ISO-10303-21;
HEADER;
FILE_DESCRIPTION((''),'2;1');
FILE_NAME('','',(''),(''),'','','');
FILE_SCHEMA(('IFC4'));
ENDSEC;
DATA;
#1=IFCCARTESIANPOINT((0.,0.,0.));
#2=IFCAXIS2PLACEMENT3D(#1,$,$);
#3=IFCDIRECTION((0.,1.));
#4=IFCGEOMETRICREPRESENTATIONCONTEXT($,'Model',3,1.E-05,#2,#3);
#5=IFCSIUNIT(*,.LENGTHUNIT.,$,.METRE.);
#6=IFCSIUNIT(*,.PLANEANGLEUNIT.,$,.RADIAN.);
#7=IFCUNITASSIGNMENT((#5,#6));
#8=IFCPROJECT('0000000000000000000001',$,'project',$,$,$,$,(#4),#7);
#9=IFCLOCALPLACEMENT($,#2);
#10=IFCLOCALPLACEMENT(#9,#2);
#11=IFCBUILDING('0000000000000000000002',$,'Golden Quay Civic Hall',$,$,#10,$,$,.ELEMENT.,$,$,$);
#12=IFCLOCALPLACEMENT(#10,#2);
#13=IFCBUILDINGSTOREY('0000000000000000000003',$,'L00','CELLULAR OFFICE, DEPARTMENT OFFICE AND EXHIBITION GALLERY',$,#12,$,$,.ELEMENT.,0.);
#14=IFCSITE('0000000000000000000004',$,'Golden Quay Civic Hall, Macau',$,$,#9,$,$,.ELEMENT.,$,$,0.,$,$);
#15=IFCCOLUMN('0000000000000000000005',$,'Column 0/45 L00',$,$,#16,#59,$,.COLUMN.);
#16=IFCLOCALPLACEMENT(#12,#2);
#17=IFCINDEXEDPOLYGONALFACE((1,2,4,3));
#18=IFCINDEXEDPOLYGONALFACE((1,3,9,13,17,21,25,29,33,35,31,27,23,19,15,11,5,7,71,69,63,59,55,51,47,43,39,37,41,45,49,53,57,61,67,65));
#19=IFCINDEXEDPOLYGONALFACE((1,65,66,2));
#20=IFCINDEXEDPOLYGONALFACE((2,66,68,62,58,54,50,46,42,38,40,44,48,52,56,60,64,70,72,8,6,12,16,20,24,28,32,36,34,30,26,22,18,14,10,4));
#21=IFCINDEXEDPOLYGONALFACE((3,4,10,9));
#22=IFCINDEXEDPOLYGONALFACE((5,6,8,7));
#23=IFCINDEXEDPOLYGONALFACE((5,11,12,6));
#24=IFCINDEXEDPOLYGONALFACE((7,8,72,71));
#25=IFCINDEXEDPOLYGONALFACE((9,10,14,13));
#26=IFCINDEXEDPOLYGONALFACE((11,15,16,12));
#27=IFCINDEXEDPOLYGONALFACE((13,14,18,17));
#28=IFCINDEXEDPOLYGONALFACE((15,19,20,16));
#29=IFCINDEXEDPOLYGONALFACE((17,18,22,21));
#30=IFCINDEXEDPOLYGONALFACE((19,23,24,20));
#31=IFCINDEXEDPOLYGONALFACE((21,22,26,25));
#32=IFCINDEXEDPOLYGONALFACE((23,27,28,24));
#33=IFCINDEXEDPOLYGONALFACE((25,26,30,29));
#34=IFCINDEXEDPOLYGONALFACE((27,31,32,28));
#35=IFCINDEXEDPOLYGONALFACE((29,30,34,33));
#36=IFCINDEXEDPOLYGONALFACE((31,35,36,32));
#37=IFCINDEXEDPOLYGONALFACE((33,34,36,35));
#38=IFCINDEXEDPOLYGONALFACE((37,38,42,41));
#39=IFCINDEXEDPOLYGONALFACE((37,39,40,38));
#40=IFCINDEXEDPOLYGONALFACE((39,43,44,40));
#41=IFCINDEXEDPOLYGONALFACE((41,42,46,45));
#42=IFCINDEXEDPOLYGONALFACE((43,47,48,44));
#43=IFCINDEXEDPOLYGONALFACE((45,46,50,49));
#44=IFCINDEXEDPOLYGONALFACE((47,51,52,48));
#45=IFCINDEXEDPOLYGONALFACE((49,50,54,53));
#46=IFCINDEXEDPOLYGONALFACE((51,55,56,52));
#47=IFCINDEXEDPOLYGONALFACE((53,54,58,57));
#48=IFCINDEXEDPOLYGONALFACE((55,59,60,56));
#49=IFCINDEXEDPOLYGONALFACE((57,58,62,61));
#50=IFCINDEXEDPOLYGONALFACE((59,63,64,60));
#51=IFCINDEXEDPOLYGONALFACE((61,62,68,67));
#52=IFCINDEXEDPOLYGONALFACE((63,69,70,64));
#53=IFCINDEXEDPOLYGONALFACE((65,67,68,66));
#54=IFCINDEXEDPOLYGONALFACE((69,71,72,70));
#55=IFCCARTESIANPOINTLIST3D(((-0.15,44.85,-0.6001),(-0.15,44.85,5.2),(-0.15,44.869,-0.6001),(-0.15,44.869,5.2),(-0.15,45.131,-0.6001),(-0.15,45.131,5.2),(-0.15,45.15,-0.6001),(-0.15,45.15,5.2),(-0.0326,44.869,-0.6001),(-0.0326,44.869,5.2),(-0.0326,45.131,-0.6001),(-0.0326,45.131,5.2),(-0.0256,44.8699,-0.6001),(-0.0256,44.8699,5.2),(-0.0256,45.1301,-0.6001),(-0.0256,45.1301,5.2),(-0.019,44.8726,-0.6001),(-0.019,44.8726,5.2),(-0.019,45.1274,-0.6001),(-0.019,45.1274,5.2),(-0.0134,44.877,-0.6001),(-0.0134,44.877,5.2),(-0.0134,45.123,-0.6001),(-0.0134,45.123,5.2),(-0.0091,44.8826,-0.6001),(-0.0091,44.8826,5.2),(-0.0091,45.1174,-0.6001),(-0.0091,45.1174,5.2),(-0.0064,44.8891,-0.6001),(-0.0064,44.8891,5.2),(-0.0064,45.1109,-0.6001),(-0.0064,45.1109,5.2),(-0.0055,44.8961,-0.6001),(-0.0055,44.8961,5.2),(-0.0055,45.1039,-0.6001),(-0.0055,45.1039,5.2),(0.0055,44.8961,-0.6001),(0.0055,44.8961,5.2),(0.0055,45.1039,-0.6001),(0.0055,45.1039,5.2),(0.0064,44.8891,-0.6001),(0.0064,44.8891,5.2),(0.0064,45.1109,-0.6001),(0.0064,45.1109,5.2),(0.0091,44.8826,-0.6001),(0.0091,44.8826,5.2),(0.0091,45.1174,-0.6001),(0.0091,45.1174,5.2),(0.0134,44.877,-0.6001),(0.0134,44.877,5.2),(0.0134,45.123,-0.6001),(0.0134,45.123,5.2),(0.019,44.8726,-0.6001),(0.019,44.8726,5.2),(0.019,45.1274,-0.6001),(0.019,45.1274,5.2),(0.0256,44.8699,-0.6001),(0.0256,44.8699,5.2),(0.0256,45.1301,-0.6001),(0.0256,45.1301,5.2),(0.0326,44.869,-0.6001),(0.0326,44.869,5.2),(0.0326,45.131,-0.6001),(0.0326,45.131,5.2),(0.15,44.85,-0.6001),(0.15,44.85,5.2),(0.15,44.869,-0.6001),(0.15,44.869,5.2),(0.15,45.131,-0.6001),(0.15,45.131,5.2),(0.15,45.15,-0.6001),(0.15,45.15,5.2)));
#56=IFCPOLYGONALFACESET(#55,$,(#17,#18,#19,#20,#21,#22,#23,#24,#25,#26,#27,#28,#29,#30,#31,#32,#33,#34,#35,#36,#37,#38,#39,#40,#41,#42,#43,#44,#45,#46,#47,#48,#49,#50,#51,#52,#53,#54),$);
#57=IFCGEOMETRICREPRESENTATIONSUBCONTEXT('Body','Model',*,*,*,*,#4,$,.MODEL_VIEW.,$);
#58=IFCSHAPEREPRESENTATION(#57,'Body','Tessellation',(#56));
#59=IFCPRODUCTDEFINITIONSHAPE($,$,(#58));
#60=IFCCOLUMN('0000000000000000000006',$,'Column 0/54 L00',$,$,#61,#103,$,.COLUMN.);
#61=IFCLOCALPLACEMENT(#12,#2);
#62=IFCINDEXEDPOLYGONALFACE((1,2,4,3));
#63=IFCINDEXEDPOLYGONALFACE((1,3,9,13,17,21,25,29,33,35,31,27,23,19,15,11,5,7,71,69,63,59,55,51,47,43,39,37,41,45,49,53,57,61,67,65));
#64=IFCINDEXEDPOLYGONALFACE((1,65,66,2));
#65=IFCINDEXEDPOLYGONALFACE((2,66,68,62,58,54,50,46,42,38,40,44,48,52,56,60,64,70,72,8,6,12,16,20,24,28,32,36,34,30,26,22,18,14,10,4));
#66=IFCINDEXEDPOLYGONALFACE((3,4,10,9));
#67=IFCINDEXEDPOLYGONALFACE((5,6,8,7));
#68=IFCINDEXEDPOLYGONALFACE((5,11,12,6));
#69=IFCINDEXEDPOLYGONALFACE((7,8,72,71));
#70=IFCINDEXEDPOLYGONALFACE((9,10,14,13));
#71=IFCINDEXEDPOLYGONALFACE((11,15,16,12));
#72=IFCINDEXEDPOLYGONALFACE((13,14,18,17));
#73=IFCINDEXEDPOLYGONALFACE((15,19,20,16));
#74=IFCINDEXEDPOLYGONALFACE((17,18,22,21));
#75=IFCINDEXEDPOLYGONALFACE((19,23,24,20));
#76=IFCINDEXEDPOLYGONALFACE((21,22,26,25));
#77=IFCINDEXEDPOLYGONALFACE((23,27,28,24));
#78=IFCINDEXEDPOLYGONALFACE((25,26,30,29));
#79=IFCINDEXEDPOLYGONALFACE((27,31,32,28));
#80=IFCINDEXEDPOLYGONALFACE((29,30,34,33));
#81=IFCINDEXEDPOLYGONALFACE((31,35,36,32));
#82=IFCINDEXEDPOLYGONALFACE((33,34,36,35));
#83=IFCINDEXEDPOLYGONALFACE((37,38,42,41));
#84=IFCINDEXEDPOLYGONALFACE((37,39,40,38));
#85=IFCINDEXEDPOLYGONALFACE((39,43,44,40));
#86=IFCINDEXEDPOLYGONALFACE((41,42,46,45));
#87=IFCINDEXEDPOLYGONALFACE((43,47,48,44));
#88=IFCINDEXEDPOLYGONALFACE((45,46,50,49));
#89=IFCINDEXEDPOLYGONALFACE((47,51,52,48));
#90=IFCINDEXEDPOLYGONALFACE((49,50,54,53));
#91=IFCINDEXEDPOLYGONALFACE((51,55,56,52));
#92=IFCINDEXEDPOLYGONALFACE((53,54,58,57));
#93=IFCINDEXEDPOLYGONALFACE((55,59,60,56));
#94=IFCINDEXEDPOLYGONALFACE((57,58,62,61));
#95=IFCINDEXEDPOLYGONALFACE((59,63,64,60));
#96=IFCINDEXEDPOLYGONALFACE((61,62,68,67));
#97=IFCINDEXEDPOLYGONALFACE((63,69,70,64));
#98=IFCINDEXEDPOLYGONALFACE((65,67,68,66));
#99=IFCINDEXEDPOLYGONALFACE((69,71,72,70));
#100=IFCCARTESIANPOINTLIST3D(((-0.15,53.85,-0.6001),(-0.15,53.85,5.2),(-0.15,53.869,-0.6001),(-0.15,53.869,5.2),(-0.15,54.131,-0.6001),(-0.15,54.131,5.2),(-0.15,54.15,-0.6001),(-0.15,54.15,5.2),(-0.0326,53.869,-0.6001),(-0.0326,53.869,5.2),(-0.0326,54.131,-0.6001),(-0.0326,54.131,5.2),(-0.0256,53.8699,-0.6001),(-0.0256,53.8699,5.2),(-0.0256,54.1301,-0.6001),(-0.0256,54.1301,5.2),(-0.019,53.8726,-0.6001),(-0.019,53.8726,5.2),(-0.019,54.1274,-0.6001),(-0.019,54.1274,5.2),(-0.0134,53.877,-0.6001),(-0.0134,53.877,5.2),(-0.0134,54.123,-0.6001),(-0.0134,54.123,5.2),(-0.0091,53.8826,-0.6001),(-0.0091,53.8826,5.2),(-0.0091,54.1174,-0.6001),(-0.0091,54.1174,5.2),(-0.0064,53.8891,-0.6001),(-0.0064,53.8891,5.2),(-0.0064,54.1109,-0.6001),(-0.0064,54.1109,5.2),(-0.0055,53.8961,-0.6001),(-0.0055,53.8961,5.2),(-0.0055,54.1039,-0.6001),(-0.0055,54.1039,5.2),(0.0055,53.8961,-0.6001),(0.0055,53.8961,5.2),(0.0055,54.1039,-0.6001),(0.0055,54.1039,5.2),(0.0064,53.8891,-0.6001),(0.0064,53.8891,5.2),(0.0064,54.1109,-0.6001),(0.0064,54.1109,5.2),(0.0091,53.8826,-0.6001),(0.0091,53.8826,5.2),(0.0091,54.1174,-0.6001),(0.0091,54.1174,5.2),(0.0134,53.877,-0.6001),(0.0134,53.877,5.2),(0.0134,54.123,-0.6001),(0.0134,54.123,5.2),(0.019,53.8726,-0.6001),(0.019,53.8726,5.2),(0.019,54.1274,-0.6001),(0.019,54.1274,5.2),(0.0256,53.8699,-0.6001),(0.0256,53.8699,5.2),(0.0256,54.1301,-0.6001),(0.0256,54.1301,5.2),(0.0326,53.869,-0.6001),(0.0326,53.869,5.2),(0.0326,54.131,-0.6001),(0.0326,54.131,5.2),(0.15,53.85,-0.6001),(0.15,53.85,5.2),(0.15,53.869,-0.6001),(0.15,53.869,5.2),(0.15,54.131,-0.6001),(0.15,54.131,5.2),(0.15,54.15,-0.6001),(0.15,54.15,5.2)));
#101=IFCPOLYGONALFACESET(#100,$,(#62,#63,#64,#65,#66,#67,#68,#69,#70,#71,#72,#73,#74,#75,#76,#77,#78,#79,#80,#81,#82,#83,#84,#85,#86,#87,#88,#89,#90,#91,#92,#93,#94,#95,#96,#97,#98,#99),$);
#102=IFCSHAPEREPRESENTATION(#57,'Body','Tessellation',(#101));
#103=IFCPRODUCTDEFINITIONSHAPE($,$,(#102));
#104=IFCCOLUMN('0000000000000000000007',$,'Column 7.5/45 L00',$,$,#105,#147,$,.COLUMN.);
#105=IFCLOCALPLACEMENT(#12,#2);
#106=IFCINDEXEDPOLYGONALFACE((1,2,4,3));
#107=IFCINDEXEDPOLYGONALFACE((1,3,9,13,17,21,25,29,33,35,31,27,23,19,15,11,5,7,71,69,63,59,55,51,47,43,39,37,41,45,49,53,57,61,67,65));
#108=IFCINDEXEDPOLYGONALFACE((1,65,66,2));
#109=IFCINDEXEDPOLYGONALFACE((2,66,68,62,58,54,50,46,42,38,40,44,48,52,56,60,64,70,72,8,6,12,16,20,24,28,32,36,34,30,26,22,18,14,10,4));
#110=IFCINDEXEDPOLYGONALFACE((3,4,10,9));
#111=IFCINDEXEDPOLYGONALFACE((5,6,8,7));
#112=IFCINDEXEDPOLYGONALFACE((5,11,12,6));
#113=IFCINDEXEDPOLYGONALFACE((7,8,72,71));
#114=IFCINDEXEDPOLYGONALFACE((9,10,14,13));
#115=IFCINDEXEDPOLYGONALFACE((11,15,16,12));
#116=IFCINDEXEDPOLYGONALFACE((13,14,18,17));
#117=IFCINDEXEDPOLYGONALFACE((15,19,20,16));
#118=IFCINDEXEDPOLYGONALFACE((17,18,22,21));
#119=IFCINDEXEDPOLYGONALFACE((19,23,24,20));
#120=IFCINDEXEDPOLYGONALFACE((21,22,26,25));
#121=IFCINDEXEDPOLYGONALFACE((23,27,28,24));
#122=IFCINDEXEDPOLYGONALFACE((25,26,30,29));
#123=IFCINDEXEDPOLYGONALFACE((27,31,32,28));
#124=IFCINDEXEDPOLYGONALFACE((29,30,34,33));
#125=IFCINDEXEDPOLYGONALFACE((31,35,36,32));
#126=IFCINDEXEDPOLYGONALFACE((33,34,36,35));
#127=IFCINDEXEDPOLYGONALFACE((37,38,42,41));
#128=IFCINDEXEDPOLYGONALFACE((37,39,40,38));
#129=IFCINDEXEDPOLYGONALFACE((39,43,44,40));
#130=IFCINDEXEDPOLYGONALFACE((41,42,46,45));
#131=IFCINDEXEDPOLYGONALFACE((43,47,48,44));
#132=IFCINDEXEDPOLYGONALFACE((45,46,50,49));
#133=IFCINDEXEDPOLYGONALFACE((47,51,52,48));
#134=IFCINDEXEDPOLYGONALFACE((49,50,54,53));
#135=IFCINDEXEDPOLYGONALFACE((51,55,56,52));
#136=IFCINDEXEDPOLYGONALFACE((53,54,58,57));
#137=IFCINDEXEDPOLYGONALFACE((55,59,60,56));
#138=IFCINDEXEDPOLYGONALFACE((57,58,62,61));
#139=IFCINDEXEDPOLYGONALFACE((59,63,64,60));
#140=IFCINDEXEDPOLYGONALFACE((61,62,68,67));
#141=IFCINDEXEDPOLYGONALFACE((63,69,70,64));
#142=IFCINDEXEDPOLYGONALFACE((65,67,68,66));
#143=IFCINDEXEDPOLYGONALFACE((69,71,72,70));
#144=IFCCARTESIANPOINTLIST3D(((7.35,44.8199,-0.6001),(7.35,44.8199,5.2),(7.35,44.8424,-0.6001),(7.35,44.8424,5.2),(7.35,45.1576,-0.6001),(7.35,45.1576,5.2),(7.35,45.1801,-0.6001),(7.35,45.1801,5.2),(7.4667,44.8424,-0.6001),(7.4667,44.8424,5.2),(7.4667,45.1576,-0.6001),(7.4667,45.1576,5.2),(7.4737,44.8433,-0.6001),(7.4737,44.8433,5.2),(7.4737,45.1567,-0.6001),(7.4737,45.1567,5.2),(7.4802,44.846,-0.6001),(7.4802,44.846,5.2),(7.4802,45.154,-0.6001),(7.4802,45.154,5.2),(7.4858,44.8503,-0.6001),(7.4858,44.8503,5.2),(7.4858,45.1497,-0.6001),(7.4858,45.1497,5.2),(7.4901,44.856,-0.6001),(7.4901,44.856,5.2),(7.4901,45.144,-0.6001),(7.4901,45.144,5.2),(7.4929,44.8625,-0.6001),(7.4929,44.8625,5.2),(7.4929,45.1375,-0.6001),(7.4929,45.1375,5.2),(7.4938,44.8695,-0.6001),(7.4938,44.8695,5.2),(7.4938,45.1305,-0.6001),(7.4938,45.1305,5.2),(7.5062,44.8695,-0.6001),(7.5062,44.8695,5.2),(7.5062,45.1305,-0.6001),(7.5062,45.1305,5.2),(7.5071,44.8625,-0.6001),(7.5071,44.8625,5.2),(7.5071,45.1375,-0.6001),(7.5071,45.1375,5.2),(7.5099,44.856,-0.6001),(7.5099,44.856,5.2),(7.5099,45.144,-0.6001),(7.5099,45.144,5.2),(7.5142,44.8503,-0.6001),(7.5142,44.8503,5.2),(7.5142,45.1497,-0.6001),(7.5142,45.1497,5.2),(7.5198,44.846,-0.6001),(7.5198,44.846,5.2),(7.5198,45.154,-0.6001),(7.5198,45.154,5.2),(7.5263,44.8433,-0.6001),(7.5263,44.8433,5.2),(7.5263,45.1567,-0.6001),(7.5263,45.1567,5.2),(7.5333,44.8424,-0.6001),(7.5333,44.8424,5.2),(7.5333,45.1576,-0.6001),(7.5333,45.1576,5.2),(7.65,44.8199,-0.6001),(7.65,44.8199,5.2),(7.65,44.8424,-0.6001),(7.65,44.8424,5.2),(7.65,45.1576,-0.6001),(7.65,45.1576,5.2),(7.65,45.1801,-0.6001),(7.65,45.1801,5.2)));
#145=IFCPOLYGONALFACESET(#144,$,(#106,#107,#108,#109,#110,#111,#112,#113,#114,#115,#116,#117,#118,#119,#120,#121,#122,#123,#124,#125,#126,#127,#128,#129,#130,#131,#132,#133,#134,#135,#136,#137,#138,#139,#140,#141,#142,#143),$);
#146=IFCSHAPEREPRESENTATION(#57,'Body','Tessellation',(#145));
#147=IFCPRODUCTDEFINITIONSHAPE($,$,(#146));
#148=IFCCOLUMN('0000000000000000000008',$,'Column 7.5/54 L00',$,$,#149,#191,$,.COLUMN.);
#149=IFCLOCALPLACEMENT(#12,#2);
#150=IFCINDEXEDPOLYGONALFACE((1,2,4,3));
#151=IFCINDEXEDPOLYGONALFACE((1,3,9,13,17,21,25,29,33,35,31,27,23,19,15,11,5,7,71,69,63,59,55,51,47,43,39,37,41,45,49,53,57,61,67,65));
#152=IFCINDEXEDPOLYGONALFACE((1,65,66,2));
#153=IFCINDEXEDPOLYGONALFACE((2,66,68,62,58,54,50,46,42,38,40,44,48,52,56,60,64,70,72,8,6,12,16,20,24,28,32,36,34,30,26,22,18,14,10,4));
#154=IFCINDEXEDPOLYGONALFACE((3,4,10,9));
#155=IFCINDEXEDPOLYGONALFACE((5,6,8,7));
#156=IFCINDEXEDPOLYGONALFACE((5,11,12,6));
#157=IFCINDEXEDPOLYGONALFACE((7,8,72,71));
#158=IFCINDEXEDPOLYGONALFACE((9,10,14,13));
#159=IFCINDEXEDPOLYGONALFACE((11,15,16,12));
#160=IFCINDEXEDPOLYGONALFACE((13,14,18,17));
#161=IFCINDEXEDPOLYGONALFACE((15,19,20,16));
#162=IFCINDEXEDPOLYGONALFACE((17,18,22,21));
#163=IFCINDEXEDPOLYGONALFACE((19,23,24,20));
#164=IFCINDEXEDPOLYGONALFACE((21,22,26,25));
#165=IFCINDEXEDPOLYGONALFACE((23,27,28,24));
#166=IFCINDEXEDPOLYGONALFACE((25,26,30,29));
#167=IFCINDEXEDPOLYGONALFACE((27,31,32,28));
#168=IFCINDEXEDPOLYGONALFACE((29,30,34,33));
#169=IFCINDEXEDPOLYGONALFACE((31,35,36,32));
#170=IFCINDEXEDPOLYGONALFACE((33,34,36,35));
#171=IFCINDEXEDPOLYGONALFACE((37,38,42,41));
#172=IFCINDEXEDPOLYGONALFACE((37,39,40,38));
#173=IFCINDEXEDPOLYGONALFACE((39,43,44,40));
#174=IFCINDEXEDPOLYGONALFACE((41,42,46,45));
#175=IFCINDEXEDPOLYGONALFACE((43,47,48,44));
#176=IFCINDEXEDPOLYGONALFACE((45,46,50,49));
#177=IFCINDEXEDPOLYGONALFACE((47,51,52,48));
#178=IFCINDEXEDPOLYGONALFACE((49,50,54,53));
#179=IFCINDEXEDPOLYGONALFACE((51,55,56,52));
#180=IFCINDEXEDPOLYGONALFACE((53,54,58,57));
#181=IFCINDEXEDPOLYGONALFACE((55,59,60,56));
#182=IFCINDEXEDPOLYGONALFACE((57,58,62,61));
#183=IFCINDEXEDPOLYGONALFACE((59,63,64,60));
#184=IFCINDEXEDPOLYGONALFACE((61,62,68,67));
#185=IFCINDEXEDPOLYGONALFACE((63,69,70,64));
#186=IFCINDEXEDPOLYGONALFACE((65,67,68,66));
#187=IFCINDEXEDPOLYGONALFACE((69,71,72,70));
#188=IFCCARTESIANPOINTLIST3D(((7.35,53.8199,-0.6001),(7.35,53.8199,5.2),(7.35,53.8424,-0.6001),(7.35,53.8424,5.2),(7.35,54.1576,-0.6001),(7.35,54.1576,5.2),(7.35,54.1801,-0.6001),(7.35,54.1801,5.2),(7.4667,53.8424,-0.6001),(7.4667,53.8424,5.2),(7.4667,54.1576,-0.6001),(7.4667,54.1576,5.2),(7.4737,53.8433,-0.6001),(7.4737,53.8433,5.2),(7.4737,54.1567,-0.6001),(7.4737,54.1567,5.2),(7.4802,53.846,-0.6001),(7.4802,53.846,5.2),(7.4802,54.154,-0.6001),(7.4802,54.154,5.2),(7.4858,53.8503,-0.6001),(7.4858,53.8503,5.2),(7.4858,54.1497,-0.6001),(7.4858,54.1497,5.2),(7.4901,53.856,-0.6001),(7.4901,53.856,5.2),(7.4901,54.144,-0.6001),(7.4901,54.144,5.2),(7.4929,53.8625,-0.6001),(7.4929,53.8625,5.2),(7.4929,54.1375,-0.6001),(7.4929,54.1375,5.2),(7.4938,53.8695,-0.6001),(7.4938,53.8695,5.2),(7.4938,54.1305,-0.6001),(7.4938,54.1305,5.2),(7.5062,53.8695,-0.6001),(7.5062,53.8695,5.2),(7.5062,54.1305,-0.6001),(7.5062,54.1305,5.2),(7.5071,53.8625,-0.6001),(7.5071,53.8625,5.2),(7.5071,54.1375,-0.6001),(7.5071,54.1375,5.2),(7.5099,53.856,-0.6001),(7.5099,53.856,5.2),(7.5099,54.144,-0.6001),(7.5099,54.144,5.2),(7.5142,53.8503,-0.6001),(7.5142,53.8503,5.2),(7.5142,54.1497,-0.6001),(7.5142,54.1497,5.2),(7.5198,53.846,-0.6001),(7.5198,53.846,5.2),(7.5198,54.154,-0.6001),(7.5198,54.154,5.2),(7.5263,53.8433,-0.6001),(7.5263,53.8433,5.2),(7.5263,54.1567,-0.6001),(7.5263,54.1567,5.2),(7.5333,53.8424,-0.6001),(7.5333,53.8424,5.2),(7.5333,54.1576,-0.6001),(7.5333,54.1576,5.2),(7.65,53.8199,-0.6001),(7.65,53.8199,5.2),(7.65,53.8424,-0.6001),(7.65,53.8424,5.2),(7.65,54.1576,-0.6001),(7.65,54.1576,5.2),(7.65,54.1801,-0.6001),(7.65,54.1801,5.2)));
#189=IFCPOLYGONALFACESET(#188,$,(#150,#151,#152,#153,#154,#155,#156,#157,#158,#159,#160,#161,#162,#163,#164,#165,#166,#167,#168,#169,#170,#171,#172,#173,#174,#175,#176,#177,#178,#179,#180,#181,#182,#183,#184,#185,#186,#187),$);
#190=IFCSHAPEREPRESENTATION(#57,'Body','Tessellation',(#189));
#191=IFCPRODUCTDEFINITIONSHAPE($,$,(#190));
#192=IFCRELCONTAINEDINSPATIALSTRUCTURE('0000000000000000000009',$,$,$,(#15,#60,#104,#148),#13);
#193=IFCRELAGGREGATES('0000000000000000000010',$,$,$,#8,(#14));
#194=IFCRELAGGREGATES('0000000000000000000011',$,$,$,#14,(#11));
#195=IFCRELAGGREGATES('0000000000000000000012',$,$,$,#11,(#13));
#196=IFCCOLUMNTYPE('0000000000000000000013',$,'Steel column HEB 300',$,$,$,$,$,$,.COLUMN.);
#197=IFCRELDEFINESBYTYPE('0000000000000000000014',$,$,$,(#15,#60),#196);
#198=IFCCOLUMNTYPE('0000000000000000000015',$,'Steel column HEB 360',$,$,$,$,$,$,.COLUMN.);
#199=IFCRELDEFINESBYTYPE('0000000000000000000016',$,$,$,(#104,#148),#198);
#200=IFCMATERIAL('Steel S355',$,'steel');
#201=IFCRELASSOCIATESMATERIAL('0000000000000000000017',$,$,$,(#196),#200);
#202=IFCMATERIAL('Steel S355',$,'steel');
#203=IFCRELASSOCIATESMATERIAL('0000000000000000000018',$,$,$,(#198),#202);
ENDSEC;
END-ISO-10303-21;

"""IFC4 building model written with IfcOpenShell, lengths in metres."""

from ifc_helpers import new_model, si_unit, direction, frame, origin, origin_2d, place, context, subcontext, project, spatial, i_section, extrude, material, material_profile, profile_set, type_object, element, save


model = new_model("IFC4")

# Units and contexts
model_context = context("Model", 3, precision=1e-05, world=origin(), true_north=direction((0.0, 1.0)))
body_context = subcontext(model_context, "Body", "Model", "MODEL_VIEW")
ifc_project = project(units=[si_unit("LENGTHUNIT", "METRE"), si_unit("PLANEANGLEUNIT", "RADIAN")], contexts=[model_context])

# Site, building, storey
site_placement = place(None, origin())
site = spatial("IfcSite", under=ifc_project, at=site_placement, Name="Golden Quay Civic Hall, Macau", CompositionType="ELEMENT", RefElevation=0.0)
building_placement = place(site_placement, origin())
building = spatial("IfcBuilding", under=site, at=building_placement, Name="Golden Quay Civic Hall", CompositionType="ELEMENT")
storey_placement = place(building_placement, origin())
storey = spatial("IfcBuildingStorey", under=building, at=storey_placement, Name="L00", Description="CELLULAR OFFICE, DEPARTMENT OFFICE AND EXHIBITION GALLERY", CompositionType="ELEMENT", Elevation=0.0)

# Columns
ifc_material_1 = material(Name="Steel S355", Category="steel")
ifc_material_profile_1 = material_profile(ifc_material_1, i_section(OverallWidth=0.3, OverallDepth=0.3, WebThickness=0.011, FlangeThickness=0.019, FilletRadius=0.0271, at=origin_2d()), Name="HEB 300")
ifc_profile_set_1 = profile_set([ifc_material_profile_1], Name="Steel S355")
column_type_1 = type_object("IfcColumnType", Name="Steel column HEB 300", PredefinedType="COLUMN", material=ifc_profile_set_1)
for number, where, z_axis, x_axis, name in (
    (1, (0.0, 45.0, -0.6001), (0.0, 0.0, 1.0), (1.0, 0.0, 0.0), "Column 0/45 L00"),
    (2, (0.0, 54.0, -0.6001), (0.0, 0.0, 1.0), (1.0, 0.0, 0.0), "Column 0/54 L00"),
):
    element("IfcColumn", number, at=place(storey_placement, frame(where, z_axis=z_axis, x_axis=x_axis)), inside=storey, type_object=column_type_1, Name=name, PredefinedType="COLUMN", context=body_context, shape_type="SweptSolid", body=[
        extrude(i_section(OverallWidth=0.3, OverallDepth=0.3, WebThickness=0.011, FlangeThickness=0.019, FilletRadius=0.0271, at=origin_2d()), origin(), (0.0, 0.0, 1.0), 5.8),
    ])
ifc_material_2 = material(Name="Steel S355", Category="steel")
ifc_material_profile_2 = material_profile(ifc_material_2, i_section(OverallWidth=0.3, OverallDepth=0.3601, WebThickness=0.0125, FlangeThickness=0.0225, FilletRadius=0.0271, at=origin_2d()), Name="HEB 360")
ifc_profile_set_2 = profile_set([ifc_material_profile_2], Name="Steel S355")
column_type_2 = type_object("IfcColumnType", Name="Steel column HEB 360", PredefinedType="COLUMN", material=ifc_profile_set_2)
for number, where, z_axis, x_axis, name in (
    (3, (7.5, 45.0, -0.6001), (0.0, 0.0, 1.0), (1.0, 0.0, 0.0), "Column 7.5/45 L00"),
    (4, (7.5, 54.0, -0.6001), (0.0, 0.0, 1.0), (1.0, 0.0, 0.0), "Column 7.5/54 L00"),
):
    element("IfcColumn", number, at=place(storey_placement, frame(where, z_axis=z_axis, x_axis=x_axis)), inside=storey, type_object=column_type_2, Name=name, PredefinedType="COLUMN", context=body_context, shape_type="SweptSolid", body=[
        extrude(i_section(OverallWidth=0.3, OverallDepth=0.3601, WebThickness=0.0125, FlangeThickness=0.0225, FilletRadius=0.0271, at=origin_2d()), origin(), (0.0, 0.0, 1.0), 5.8),
    ])

save(model, "model.ifc")
